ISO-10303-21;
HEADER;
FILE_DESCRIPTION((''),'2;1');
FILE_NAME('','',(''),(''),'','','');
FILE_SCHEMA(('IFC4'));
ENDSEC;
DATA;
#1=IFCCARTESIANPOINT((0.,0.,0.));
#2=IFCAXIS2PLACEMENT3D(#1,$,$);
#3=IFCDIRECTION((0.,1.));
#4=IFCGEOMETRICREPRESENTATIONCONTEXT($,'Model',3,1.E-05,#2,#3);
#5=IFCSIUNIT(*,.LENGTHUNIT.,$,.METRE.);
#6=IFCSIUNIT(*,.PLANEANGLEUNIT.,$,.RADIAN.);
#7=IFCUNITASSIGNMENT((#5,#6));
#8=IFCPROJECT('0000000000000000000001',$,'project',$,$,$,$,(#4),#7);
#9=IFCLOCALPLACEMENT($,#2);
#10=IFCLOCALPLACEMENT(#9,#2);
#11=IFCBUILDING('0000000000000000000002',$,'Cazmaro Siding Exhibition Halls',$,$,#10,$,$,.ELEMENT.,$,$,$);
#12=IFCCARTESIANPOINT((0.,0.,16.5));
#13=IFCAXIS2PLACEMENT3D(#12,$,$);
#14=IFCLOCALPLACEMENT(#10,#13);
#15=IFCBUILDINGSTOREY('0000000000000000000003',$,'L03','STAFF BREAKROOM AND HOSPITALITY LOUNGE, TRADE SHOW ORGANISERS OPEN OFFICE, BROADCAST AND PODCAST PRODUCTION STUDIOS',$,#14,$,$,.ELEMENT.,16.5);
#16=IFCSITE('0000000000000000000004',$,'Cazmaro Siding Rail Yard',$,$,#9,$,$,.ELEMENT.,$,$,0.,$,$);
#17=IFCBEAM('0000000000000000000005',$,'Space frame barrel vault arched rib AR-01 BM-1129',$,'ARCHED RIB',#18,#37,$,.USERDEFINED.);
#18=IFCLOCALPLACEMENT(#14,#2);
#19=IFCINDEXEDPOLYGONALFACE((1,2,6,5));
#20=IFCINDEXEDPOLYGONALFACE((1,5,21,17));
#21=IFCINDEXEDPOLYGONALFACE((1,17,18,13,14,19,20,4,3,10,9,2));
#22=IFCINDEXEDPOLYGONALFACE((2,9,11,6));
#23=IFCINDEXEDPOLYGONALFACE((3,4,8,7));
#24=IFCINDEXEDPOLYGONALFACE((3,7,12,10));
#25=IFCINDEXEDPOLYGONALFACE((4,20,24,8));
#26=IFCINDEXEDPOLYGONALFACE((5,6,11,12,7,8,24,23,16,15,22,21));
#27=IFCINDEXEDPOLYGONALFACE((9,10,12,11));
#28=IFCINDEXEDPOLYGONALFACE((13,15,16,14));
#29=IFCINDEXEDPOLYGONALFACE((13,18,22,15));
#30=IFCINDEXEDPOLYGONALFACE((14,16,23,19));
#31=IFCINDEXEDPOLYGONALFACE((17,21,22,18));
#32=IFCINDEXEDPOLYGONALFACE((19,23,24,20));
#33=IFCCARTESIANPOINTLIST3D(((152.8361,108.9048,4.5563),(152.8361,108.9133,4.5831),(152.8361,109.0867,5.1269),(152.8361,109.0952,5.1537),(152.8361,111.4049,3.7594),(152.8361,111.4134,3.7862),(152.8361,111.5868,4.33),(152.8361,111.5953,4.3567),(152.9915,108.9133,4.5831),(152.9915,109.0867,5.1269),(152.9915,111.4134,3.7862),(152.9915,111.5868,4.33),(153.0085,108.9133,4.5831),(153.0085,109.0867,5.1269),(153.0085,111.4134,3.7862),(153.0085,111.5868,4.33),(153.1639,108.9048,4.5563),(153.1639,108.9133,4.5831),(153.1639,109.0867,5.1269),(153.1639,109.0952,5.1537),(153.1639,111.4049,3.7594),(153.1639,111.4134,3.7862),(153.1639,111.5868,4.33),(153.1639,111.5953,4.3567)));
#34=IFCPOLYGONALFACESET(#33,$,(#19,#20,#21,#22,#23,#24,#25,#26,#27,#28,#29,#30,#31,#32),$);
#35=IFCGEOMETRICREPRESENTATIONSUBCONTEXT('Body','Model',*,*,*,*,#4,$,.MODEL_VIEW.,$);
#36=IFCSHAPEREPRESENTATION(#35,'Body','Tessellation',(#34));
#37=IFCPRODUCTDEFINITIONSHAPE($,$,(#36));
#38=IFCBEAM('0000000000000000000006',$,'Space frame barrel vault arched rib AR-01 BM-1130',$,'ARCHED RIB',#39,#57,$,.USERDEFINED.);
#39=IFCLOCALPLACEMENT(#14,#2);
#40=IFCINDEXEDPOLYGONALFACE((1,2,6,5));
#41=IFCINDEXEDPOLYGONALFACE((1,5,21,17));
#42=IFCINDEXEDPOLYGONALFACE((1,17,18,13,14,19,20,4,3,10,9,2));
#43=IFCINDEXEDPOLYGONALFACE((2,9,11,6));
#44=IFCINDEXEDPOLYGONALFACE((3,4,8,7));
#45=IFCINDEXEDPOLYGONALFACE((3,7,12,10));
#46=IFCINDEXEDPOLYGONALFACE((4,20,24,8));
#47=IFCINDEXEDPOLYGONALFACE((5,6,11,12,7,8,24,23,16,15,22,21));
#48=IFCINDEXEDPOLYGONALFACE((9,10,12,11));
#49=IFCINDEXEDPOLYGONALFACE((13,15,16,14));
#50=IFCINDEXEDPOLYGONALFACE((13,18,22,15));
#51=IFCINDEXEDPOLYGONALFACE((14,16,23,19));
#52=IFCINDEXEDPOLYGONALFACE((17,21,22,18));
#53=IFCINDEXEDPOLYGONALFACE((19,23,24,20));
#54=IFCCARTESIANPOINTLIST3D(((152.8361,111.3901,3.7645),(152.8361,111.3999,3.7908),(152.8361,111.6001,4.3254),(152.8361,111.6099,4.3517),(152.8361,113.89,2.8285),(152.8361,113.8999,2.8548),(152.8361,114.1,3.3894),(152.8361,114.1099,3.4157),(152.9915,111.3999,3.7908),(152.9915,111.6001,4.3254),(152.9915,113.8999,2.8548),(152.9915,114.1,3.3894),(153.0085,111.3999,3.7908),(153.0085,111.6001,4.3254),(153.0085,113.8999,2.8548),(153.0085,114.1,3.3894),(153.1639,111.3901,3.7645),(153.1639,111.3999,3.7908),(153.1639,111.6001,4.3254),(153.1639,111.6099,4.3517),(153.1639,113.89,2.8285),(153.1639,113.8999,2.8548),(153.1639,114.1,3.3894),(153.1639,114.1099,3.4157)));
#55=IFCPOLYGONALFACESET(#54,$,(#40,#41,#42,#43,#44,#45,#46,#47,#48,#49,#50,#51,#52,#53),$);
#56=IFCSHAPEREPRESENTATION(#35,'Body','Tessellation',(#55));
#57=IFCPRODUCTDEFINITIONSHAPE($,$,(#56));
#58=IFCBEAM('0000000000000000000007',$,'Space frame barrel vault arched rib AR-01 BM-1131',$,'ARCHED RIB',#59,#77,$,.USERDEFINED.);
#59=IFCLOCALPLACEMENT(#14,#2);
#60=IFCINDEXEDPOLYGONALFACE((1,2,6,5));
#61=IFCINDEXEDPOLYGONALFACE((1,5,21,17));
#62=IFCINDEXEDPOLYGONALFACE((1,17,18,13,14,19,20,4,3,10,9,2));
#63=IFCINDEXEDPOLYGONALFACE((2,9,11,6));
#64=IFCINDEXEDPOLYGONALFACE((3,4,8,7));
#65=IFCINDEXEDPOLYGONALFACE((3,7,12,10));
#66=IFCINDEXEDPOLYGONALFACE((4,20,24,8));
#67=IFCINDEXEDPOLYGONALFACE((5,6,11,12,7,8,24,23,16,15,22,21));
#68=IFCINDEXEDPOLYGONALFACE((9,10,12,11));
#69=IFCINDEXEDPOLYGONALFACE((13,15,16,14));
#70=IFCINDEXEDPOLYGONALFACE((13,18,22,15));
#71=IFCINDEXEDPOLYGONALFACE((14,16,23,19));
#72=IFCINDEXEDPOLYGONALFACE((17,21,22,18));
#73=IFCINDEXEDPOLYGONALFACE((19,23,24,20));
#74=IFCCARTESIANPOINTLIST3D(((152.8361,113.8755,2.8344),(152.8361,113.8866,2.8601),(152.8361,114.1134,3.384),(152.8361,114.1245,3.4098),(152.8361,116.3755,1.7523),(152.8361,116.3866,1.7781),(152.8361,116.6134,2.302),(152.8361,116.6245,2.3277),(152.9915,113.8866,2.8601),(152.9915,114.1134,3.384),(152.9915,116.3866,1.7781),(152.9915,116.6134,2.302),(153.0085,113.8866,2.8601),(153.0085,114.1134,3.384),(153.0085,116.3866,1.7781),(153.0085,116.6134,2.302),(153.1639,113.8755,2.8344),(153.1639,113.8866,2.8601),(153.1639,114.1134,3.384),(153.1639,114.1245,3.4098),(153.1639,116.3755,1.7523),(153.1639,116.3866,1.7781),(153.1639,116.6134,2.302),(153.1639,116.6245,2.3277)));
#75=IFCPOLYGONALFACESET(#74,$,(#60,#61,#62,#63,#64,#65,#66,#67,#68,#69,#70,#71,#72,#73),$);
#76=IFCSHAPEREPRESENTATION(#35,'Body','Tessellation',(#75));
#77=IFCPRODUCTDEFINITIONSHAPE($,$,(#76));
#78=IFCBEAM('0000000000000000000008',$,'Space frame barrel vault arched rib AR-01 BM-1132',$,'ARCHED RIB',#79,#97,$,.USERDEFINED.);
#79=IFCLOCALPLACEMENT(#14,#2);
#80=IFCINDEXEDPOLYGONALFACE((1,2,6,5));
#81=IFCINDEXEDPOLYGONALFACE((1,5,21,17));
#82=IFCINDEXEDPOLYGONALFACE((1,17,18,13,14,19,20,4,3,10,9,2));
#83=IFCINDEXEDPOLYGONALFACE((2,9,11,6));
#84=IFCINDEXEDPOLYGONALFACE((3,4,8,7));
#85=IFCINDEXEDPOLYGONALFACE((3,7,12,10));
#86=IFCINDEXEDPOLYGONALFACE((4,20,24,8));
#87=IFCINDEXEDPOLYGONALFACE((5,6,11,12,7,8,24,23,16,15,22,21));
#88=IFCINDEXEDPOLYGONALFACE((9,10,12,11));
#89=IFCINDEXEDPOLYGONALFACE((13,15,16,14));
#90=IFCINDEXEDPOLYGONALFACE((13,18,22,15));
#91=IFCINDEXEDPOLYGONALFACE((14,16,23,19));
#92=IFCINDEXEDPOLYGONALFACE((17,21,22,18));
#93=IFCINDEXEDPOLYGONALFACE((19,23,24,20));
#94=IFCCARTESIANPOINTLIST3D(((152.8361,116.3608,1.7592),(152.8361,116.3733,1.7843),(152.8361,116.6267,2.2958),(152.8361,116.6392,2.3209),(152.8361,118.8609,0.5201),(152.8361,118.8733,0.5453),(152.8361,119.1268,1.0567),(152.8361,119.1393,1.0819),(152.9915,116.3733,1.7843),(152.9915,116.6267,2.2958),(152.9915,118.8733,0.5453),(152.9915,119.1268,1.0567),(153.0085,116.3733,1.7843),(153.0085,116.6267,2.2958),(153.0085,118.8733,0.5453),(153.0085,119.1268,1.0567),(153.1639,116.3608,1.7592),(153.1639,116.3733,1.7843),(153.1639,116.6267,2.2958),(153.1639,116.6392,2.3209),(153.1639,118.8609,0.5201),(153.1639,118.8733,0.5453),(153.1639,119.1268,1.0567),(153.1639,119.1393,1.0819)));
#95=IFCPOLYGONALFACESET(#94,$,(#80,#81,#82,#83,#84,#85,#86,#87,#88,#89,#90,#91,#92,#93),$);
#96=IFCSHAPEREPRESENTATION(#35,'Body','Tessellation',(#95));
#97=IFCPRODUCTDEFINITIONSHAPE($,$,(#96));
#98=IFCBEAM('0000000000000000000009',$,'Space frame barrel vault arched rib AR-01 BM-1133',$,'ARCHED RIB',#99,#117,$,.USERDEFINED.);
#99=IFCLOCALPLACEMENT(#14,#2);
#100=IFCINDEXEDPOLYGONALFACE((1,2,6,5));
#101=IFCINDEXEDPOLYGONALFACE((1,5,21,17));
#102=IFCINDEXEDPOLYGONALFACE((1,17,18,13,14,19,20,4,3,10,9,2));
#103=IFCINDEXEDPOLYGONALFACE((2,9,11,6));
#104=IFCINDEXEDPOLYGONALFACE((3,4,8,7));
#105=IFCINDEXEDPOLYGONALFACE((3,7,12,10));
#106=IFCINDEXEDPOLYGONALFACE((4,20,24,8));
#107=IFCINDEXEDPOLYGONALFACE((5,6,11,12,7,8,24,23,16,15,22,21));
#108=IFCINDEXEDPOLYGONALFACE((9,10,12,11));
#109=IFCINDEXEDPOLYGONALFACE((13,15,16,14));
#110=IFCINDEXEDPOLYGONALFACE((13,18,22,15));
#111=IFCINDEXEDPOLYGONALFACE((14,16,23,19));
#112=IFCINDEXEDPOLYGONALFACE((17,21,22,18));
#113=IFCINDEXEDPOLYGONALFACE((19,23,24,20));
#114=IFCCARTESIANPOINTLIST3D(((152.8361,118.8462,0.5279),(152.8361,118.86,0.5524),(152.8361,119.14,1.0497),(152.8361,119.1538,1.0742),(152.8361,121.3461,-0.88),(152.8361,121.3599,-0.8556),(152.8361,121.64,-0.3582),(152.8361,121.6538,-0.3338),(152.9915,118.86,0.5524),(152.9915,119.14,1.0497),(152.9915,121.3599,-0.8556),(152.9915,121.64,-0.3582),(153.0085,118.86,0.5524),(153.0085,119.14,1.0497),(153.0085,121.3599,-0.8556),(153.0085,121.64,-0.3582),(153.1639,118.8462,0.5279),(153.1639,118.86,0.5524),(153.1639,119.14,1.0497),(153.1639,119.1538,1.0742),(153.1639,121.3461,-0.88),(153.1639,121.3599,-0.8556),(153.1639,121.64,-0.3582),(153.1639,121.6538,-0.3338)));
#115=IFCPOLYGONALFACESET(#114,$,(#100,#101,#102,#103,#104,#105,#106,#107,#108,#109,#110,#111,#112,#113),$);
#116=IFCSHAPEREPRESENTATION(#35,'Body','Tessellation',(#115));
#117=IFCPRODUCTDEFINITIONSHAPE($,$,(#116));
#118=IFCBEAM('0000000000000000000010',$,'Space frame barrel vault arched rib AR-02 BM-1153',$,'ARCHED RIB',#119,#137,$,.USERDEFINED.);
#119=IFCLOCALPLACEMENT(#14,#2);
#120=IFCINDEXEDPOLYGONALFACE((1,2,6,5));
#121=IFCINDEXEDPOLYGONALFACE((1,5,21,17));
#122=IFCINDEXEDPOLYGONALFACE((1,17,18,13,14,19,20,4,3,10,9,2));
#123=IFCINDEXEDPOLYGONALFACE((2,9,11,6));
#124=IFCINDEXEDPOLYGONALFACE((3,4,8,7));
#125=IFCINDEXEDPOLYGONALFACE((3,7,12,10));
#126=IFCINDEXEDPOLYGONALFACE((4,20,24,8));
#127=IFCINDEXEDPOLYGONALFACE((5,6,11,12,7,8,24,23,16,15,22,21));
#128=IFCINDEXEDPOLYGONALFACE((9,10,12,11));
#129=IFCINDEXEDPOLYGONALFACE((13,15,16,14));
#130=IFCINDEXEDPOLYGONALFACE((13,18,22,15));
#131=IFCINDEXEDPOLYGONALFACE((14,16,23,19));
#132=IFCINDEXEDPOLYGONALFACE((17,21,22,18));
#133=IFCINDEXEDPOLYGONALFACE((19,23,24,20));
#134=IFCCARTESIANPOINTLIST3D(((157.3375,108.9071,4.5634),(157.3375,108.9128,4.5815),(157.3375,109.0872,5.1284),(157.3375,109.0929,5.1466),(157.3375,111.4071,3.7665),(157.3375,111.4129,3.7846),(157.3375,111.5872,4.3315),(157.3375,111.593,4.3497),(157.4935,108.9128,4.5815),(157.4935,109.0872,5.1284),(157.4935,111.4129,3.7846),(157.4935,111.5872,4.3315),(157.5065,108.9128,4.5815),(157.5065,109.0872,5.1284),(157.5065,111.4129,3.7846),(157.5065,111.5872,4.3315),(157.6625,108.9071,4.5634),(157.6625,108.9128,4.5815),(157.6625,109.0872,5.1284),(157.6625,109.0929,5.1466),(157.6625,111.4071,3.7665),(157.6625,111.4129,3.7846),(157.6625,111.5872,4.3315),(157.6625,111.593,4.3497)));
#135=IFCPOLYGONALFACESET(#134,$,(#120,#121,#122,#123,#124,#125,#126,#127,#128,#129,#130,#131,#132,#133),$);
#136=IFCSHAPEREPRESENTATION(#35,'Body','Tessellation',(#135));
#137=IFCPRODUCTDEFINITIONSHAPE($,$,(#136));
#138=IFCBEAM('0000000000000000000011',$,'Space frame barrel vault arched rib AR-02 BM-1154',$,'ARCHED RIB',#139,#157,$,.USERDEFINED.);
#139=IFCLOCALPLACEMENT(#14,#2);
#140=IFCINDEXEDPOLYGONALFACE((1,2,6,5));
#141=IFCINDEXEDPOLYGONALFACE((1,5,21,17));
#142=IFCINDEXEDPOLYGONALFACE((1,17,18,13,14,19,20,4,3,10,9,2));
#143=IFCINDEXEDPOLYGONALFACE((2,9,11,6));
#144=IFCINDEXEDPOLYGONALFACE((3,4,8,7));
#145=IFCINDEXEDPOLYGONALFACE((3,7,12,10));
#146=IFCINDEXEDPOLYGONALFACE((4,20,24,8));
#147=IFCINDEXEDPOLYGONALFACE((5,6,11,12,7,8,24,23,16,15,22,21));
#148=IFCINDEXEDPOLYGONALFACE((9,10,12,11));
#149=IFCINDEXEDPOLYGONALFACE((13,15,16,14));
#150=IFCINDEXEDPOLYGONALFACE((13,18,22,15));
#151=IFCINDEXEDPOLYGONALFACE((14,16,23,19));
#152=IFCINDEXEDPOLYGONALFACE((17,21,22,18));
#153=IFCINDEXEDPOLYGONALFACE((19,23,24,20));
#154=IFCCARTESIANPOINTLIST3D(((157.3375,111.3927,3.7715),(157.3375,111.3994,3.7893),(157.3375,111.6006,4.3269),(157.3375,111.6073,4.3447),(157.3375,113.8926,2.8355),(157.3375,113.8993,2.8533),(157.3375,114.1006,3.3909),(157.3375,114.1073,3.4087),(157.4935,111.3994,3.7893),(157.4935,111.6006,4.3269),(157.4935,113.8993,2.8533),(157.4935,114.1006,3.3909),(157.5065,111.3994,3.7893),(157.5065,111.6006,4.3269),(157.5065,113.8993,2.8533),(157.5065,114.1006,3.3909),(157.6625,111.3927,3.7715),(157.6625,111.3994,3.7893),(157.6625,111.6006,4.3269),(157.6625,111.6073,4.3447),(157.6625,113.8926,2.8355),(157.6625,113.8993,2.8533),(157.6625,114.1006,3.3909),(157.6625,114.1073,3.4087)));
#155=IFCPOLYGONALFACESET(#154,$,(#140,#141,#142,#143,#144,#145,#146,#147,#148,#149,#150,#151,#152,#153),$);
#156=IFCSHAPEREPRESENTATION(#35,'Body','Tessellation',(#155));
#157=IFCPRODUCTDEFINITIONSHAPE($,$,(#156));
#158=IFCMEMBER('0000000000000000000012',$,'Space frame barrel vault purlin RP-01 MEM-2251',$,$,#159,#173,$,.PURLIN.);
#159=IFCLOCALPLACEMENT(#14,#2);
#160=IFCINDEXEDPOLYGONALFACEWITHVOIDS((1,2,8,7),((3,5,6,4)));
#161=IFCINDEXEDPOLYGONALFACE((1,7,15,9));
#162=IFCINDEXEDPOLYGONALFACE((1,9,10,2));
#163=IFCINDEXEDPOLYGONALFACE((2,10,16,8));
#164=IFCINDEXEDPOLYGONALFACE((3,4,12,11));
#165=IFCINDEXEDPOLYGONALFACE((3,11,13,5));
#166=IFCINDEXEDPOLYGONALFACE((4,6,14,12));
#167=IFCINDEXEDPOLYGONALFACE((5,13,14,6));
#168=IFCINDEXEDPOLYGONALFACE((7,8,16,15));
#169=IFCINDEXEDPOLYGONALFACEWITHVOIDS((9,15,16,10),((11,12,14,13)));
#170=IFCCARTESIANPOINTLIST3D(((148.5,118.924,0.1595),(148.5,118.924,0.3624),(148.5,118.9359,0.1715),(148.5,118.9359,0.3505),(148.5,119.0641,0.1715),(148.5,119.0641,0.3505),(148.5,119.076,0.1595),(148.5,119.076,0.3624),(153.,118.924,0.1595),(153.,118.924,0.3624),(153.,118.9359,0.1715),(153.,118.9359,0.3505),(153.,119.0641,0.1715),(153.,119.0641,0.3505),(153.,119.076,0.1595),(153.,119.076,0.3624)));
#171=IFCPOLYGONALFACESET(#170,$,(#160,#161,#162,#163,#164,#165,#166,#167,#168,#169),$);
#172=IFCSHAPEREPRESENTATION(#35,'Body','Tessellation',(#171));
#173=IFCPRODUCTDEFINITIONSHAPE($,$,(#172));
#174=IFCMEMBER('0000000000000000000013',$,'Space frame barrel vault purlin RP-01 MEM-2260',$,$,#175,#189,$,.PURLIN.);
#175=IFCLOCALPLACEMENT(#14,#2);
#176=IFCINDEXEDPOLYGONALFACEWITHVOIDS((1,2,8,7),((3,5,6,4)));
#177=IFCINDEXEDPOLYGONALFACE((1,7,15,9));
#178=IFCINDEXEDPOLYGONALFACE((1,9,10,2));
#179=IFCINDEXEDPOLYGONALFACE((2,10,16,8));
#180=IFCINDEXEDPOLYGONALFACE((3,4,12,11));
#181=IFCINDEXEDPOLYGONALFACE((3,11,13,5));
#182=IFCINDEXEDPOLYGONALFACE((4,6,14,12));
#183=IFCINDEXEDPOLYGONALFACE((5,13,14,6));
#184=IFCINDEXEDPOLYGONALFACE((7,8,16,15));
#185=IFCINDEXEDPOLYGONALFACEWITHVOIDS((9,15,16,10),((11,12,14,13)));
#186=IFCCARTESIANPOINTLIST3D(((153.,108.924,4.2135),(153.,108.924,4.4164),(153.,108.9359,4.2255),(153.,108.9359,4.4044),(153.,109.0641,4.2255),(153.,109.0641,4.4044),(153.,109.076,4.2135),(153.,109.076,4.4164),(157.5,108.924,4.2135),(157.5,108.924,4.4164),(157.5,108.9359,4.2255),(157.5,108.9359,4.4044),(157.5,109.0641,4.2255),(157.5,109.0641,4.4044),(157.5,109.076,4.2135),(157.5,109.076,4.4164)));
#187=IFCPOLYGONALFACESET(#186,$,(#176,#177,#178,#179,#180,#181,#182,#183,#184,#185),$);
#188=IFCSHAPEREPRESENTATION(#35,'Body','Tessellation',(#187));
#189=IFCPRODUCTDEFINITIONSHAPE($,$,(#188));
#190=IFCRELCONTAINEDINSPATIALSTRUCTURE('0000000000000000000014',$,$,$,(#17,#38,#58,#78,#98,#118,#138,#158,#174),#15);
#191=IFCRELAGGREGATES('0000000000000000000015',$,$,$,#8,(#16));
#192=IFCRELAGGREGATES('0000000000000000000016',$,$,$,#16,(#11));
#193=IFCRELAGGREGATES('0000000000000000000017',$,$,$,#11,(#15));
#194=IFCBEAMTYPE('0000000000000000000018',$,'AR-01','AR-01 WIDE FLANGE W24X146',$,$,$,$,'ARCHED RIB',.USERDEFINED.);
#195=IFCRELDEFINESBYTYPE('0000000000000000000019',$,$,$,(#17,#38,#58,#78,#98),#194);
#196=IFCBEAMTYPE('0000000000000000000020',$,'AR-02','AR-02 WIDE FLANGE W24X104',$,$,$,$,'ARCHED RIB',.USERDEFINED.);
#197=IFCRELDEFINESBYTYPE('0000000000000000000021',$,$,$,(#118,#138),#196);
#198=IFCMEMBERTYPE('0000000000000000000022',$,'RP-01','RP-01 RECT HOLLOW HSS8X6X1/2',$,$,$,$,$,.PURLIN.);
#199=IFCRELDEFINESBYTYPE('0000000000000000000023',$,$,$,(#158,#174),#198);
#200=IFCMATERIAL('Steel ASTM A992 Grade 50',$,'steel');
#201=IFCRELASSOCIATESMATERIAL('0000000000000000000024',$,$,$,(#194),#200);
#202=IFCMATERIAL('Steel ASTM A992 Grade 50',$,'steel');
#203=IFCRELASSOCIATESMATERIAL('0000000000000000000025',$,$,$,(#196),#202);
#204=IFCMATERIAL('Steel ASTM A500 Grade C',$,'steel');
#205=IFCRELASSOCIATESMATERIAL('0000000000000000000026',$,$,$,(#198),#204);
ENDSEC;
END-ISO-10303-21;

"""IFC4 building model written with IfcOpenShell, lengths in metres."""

from ifc_helpers import new_model, si_unit, direction, frame, origin, origin_2d, place, context, subcontext, project, spatial, hollow_rectangle, i_section, extrude, material, material_profile, profile_set, type_object, element, save


model = new_model("IFC4")

# Units and contexts
model_context = context("Model", 3, precision=1e-05, world=origin(), true_north=direction((0.0, 1.0)))
body_context = subcontext(model_context, "Body", "Model", "MODEL_VIEW")
ifc_project = project(units=[si_unit("LENGTHUNIT", "METRE"), si_unit("PLANEANGLEUNIT", "RADIAN")], contexts=[model_context])

# Site, building, storey
site_placement = place(None, origin())
site = spatial("IfcSite", under=ifc_project, at=site_placement, Name="Cazmaro Siding Rail Yard", CompositionType="ELEMENT", RefElevation=0.0)
building_placement = place(site_placement, origin())
building = spatial("IfcBuilding", under=site, at=building_placement, Name="Cazmaro Siding Exhibition Halls", CompositionType="ELEMENT")
storey_placement = place(building_placement, frame((0.0, 0.0, 16.5)))
storey = spatial("IfcBuildingStorey", under=building, at=storey_placement, Name="L03", Description="STAFF BREAKROOM AND HOSPITALITY LOUNGE, TRADE SHOW ORGANISERS OPEN OFFICE, BROADCAST AND PODCAST PRODUCTION STUDIOS", CompositionType="ELEMENT", Elevation=16.5)

# Beams
ifc_material_1 = material(Name="Steel ASTM A992 Grade 50", Category="steel")
ifc_material_profile_1 = material_profile(ifc_material_1, i_section(OverallWidth=0.3279, OverallDepth=0.627, WebThickness=0.0171, FlangeThickness=0.0281, at=origin_2d()), Name="W24X146")
ifc_profile_set_1 = profile_set([ifc_material_profile_1], Name="Steel ASTM A992 Grade 50")
beam_type_1 = type_object("IfcBeamType", Name="AR-01", Description="AR-01 WIDE FLANGE W24X146", ElementType="ARCHED RIB", PredefinedType="USERDEFINED", material=ifc_profile_set_1)
beam_1_placement = place(storey_placement, frame((153.0, 109.0, 4.855), z_axis=(0.0, 0.952769, -0.303695), x_axis=(-1.0, 0.0, 0.0)))
element("IfcBeam", 1, at=beam_1_placement, inside=storey, type_object=beam_type_1, Name="Space frame barrel vault arched rib AR-01 BM-1129", ObjectType="ARCHED RIB", PredefinedType="USERDEFINED", context=body_context, shape_type="SweptSolid", body=[
    extrude(i_section(OverallWidth=0.3279, OverallDepth=0.627, WebThickness=0.0171, FlangeThickness=0.0281, at=origin_2d()), origin(), (0.0, 0.0, 1.0), 2.624),
])
beam_2_placement = place(storey_placement, frame((153.0, 111.5, 4.0581), z_axis=(0.0, 0.936509, -0.350642), x_axis=(-1.0, 0.0, 0.0)))
element("IfcBeam", 2, at=beam_2_placement, inside=storey, type_object=beam_type_1, Name="Space frame barrel vault arched rib AR-01 BM-1130", ObjectType="ARCHED RIB", PredefinedType="USERDEFINED", context=body_context, shape_type="SweptSolid", body=[
    extrude(i_section(OverallWidth=0.3279, OverallDepth=0.627, WebThickness=0.0171, FlangeThickness=0.0281, at=origin_2d()), origin(), (0.0, 0.0, 1.0), 2.6694),
])
beam_3_placement = place(storey_placement, frame((153.0, 114.0, 3.1221), z_axis=(0.0, 0.91773, -0.397205), x_axis=(-1.0, 0.0, 0.0)))
element("IfcBeam", 3, at=beam_3_placement, inside=storey, type_object=beam_type_1, Name="Space frame barrel vault arched rib AR-01 BM-1131", ObjectType="ARCHED RIB", PredefinedType="USERDEFINED", context=body_context, shape_type="SweptSolid", body=[
    extrude(i_section(OverallWidth=0.3279, OverallDepth=0.627, WebThickness=0.0171, FlangeThickness=0.0281, at=origin_2d()), origin(), (0.0, 0.0, 1.0), 2.7241),
])
beam_4_placement = place(storey_placement, frame((153.0, 116.5, 2.04), z_axis=(0.0, 0.895997, -0.444061), x_axis=(-1.0, 0.0, 0.0)))
element("IfcBeam", 4, at=beam_4_placement, inside=storey, type_object=beam_type_1, Name="Space frame barrel vault arched rib AR-01 BM-1132", ObjectType="ARCHED RIB", PredefinedType="USERDEFINED", context=body_context, shape_type="SweptSolid", body=[
    extrude(i_section(OverallWidth=0.3279, OverallDepth=0.627, WebThickness=0.0171, FlangeThickness=0.0281, at=origin_2d()), origin(), (0.0, 0.0, 1.0), 2.7903),
])
beam_5_placement = place(storey_placement, frame((153.0, 119.0, 0.801), z_axis=(0.0, 0.871321, -0.490714), x_axis=(-1.0, 0.0, 0.0)))
element("IfcBeam", 5, at=beam_5_placement, inside=storey, type_object=beam_type_1, Name="Space frame barrel vault arched rib AR-01 BM-1133", ObjectType="ARCHED RIB", PredefinedType="USERDEFINED", context=body_context, shape_type="SweptSolid", body=[
    extrude(i_section(OverallWidth=0.3279, OverallDepth=0.627, WebThickness=0.0171, FlangeThickness=0.0281, at=origin_2d()), origin(), (0.0, 0.0, 1.0), 2.8691),
])
ifc_material_2 = material(Name="Steel ASTM A992 Grade 50", Category="steel")
ifc_material_profile_2 = material_profile(ifc_material_2, i_section(OverallWidth=0.325, OverallDepth=0.6121, WebThickness=0.0129, FlangeThickness=0.019, at=origin_2d()), Name="W24X104")
ifc_profile_set_2 = profile_set([ifc_material_profile_2], Name="Steel ASTM A992 Grade 50")
beam_type_2 = type_object("IfcBeamType", Name="AR-02", Description="AR-02 WIDE FLANGE W24X104", ElementType="ARCHED RIB", PredefinedType="USERDEFINED", material=ifc_profile_set_2)
beam_6_placement = place(storey_placement, frame((157.5, 109.0, 4.855), z_axis=(0.0, 0.952769, -0.303695), x_axis=(-1.0, 0.0, 0.0)))
element("IfcBeam", 6, at=beam_6_placement, inside=storey, type_object=beam_type_2, Name="Space frame barrel vault arched rib AR-02 BM-1153", ObjectType="ARCHED RIB", PredefinedType="USERDEFINED", context=body_context, shape_type="SweptSolid", body=[
    extrude(i_section(OverallWidth=0.325, OverallDepth=0.6121, WebThickness=0.0129, FlangeThickness=0.019, at=origin_2d()), origin(), (0.0, 0.0, 1.0), 2.624),
])
beam_7_placement = place(storey_placement, frame((157.5, 111.5, 4.0581), z_axis=(0.0, 0.936509, -0.350642), x_axis=(-1.0, 0.0, 0.0)))
element("IfcBeam", 7, at=beam_7_placement, inside=storey, type_object=beam_type_2, Name="Space frame barrel vault arched rib AR-02 BM-1154", ObjectType="ARCHED RIB", PredefinedType="USERDEFINED", context=body_context, shape_type="SweptSolid", body=[
    extrude(i_section(OverallWidth=0.325, OverallDepth=0.6121, WebThickness=0.0129, FlangeThickness=0.019, at=origin_2d()), origin(), (0.0, 0.0, 1.0), 2.6694),
])

# Members
ifc_material_3 = material(Name="Steel ASTM A500 Grade C", Category="steel")
ifc_material_profile_3 = material_profile(ifc_material_3, hollow_rectangle(XDim=0.1521, YDim=0.2029, WallThickness=0.012, at=origin_2d()), Name="HSS8X6X1/2")
ifc_profile_set_3 = profile_set([ifc_material_profile_3], Name="Steel ASTM A500 Grade C")
member_type_1 = type_object("IfcMemberType", Name="RP-01", Description="RP-01 RECT HOLLOW HSS8X6X1/2", PredefinedType="PURLIN", material=ifc_profile_set_3)
for number, where, z_axis, x_axis, name in (
    (8, (148.5, 119.0, 0.261), (1.0, 0.0, 0.0), (0.0, 1.0, 0.0), "Space frame barrel vault purlin RP-01 MEM-2251"),
    (9, (153.0, 109.0, 4.3149), (1.0, 0.0, 0.0), (0.0, 1.0, 0.0), "Space frame barrel vault purlin RP-01 MEM-2260"),
):
    element("IfcMember", number, at=place(storey_placement, frame(where, z_axis=z_axis, x_axis=x_axis)), inside=storey, type_object=member_type_1, Name=name, PredefinedType="PURLIN", context=body_context, shape_type="SweptSolid", body=[
        extrude(hollow_rectangle(XDim=0.1521, YDim=0.2029, WallThickness=0.012, at=origin_2d()), origin(), (0.0, 0.0, 1.0), 4.5),
    ])

save(model, "model.ifc")
